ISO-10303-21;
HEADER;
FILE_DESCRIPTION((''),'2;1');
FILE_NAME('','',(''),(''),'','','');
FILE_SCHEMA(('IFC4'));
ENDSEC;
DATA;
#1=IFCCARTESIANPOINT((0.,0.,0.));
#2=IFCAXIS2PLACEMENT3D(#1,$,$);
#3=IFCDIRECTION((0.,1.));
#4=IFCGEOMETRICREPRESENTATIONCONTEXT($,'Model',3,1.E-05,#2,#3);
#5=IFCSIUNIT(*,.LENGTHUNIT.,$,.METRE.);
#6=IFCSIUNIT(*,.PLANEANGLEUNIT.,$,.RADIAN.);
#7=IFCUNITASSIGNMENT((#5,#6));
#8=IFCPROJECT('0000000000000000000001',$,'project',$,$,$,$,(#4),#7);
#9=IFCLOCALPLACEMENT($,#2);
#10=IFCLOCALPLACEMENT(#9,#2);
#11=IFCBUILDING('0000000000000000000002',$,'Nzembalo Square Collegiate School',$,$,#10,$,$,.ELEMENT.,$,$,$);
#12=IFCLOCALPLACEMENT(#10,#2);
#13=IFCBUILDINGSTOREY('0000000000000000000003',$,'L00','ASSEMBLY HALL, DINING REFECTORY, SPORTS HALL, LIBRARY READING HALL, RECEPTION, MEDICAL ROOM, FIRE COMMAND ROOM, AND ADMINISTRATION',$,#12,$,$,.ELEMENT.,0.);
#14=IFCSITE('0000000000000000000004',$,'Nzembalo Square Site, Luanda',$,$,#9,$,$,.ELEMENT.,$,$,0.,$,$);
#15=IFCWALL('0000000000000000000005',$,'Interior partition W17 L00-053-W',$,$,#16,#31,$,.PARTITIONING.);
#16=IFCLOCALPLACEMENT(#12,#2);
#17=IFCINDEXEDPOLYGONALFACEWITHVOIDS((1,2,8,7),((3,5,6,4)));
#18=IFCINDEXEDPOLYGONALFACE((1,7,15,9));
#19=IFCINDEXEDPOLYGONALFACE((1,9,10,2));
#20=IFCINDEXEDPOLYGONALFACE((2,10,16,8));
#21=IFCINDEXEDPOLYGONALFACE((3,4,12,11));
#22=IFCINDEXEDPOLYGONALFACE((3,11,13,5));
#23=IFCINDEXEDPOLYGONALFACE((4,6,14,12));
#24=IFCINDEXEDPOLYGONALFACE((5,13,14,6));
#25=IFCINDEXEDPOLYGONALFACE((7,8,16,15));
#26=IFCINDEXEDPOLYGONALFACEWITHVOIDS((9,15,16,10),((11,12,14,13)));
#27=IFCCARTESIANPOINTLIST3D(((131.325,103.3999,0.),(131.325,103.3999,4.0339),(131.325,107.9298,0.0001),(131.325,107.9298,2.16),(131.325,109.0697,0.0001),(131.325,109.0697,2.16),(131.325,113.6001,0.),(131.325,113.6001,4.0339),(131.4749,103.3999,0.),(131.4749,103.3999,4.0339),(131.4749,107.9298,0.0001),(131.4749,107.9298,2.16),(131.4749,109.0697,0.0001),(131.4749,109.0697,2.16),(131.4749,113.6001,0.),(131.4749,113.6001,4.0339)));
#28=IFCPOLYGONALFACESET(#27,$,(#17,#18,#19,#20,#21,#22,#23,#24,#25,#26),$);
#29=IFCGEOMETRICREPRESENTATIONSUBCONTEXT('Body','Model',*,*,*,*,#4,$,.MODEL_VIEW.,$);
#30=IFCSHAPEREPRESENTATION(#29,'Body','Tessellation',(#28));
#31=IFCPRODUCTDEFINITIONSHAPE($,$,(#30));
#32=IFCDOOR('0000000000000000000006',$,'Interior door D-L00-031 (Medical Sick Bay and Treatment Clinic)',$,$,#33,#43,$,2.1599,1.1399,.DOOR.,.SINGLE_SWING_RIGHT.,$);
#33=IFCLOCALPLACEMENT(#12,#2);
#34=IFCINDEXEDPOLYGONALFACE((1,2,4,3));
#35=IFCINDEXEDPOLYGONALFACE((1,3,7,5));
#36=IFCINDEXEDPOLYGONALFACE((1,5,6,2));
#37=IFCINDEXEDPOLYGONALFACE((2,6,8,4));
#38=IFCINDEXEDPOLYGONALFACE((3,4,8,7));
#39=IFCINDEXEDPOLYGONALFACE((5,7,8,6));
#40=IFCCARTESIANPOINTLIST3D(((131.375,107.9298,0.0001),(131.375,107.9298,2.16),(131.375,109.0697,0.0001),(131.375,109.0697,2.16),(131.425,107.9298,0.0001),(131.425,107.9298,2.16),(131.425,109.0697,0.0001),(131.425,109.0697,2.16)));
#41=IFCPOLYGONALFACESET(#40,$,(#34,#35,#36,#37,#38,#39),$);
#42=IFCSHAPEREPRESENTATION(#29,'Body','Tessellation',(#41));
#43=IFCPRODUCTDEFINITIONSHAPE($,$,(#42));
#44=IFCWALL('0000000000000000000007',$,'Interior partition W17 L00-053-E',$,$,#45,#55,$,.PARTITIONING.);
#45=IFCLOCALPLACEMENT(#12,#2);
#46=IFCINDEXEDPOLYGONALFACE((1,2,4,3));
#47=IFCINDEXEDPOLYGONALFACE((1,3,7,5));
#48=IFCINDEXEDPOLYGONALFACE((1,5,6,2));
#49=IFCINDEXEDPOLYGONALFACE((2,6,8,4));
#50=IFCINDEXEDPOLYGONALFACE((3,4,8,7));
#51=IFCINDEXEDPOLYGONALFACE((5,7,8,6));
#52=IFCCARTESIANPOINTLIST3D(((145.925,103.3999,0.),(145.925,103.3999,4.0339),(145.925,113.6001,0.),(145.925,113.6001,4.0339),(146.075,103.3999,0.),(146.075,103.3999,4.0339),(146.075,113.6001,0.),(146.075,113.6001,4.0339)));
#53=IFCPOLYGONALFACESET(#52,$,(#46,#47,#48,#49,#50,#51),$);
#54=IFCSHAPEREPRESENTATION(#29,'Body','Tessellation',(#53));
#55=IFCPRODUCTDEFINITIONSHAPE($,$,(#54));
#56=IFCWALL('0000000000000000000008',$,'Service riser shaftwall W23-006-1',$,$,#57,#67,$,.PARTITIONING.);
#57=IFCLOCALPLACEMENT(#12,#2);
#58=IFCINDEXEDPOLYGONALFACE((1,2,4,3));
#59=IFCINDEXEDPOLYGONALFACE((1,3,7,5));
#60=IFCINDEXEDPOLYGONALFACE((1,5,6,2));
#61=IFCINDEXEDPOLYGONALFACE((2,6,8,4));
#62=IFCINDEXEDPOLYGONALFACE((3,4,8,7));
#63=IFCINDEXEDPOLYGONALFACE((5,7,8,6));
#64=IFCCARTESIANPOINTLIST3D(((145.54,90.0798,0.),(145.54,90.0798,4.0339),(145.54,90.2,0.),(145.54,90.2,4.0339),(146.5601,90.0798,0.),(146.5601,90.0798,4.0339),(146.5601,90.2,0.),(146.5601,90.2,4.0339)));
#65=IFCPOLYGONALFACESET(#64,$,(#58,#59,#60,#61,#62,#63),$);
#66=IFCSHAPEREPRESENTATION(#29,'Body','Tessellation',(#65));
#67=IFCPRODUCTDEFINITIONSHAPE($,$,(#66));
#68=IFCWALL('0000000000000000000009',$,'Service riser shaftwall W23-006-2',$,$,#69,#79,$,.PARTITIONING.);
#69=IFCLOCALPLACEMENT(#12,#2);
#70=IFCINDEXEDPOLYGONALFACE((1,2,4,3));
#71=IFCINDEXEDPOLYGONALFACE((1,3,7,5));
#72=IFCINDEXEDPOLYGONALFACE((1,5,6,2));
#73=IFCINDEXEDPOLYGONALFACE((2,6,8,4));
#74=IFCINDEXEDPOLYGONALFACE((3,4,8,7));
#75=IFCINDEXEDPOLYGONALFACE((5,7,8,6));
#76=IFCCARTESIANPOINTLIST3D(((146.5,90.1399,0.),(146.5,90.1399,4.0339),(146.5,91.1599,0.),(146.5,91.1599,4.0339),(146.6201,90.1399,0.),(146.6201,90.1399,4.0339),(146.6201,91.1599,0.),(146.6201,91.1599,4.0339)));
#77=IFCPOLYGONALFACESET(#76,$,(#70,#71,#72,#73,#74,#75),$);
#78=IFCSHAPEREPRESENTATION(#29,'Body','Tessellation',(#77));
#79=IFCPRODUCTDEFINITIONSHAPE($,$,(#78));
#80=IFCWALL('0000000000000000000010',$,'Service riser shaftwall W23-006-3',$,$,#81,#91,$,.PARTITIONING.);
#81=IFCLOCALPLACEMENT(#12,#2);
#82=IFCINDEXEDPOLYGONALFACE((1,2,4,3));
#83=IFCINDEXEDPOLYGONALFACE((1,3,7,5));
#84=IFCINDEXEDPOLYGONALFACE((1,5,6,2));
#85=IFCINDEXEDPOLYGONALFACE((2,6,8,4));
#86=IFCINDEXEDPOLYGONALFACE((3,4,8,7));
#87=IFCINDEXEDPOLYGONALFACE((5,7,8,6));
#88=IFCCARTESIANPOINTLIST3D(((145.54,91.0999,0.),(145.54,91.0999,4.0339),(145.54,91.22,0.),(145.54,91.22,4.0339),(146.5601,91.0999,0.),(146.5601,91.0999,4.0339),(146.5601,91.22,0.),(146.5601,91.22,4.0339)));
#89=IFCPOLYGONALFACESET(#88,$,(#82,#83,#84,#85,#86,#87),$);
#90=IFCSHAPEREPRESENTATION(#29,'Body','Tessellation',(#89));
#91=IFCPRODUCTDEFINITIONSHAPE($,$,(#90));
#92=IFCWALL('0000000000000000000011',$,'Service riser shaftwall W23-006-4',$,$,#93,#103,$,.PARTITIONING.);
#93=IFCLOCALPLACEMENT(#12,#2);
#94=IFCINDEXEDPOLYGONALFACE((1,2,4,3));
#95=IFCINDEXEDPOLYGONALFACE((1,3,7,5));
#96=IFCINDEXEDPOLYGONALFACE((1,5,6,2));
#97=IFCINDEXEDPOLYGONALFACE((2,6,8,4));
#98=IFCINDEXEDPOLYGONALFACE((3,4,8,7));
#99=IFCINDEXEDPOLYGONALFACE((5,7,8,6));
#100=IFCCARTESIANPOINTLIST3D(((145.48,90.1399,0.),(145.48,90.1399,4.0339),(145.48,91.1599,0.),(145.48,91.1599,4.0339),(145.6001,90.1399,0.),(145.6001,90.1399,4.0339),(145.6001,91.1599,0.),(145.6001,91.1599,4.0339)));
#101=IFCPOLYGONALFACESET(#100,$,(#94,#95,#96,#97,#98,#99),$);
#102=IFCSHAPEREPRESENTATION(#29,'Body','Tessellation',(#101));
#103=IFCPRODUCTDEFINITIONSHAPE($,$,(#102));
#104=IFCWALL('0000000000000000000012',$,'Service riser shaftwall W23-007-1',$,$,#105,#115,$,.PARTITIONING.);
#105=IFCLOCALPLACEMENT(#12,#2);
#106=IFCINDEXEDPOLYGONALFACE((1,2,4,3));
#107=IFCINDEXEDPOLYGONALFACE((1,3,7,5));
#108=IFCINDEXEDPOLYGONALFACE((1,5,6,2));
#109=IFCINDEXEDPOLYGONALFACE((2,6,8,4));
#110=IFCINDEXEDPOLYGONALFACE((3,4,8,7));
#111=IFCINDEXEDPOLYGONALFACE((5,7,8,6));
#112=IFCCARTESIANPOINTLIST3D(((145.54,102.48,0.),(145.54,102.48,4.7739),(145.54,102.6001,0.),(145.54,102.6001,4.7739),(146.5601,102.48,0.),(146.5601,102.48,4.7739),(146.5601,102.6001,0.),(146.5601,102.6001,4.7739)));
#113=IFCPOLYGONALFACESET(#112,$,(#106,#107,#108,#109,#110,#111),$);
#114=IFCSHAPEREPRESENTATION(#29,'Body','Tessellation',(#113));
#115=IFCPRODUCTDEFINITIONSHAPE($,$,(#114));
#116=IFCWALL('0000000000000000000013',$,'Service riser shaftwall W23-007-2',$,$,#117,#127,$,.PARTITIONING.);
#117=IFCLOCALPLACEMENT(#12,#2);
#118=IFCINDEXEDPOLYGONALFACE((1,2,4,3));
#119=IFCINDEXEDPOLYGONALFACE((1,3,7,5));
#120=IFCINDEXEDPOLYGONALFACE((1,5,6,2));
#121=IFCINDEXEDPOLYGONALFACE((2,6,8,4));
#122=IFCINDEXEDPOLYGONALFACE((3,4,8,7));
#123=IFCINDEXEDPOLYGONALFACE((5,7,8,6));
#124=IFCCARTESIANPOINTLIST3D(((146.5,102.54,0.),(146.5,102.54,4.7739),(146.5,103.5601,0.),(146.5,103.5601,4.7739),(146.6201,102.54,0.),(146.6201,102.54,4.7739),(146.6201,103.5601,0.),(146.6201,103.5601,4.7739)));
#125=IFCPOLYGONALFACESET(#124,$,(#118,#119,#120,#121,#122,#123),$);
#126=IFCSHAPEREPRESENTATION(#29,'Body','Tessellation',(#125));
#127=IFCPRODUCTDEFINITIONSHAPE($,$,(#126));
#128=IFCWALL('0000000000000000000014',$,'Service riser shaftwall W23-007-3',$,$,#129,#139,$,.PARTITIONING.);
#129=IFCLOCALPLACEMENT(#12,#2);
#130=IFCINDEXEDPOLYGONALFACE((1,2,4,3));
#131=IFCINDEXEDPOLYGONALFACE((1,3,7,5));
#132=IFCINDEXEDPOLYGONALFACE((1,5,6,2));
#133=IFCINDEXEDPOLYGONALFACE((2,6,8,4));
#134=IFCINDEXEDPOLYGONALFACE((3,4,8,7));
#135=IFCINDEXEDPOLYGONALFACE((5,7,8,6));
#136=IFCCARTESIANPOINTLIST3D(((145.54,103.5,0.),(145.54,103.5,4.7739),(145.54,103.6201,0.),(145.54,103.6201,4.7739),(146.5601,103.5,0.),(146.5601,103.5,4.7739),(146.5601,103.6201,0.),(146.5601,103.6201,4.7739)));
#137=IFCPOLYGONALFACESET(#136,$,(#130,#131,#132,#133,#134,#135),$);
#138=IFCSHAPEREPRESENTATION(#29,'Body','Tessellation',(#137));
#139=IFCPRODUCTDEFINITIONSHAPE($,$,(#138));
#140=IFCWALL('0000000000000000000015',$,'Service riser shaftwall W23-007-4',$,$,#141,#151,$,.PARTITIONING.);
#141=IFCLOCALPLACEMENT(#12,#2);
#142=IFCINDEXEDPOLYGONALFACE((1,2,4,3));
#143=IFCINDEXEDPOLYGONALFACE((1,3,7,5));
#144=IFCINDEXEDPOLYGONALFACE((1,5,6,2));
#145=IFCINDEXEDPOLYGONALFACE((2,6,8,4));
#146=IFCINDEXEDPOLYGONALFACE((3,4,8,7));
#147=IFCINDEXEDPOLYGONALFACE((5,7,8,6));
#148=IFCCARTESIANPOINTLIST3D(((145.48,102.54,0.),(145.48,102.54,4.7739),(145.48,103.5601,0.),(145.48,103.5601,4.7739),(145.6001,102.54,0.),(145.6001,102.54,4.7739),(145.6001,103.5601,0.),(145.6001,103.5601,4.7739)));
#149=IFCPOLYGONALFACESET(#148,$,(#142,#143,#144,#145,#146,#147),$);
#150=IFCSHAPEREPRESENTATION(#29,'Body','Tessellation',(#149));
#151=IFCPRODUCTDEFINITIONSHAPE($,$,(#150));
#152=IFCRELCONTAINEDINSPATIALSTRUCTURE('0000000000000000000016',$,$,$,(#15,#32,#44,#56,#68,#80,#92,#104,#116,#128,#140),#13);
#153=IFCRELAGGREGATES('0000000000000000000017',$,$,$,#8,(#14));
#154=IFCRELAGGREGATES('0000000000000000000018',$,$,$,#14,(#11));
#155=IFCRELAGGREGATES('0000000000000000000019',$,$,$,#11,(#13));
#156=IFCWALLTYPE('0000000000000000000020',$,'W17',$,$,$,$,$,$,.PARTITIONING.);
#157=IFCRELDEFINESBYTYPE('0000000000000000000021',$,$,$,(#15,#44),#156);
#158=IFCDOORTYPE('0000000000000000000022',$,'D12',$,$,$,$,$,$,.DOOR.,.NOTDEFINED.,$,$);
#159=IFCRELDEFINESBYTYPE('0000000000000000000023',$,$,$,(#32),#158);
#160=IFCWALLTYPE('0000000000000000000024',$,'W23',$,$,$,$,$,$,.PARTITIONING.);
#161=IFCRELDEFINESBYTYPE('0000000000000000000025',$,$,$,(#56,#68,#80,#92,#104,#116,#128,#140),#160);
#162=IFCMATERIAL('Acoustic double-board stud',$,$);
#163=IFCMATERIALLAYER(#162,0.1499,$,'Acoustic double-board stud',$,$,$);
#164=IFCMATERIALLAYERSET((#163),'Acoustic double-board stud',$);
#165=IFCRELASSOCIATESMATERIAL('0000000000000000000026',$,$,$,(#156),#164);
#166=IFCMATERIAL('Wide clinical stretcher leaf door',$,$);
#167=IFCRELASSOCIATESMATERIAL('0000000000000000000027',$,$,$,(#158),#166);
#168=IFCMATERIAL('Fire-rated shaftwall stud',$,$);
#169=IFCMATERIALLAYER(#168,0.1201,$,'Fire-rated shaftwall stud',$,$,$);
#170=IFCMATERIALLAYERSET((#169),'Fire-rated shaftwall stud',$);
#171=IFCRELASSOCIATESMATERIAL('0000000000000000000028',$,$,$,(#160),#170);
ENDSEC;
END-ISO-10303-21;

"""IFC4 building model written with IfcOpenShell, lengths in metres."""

from ifc_helpers import new_model, si_unit, direction, frame, frame_2d, origin, place, context, subcontext, project, spatial, rectangle, extrude, material, layer, layer_set, type_object, element, fill, save


model = new_model("IFC4")

# Units and contexts
model_context = context("Model", 3, precision=1e-05, world=origin(), true_north=direction((0.0, 1.0)))
body_context = subcontext(model_context, "Body", "Model", "MODEL_VIEW")
ifc_project = project(units=[si_unit("LENGTHUNIT", "METRE"), si_unit("PLANEANGLEUNIT", "RADIAN")], contexts=[model_context])

# Site, building, storey
site_placement = place(None, origin())
site = spatial("IfcSite", under=ifc_project, at=site_placement, Name="Nzembalo Square Site, Luanda", CompositionType="ELEMENT", RefElevation=0.0)
building_placement = place(site_placement, origin())
building = spatial("IfcBuilding", under=site, at=building_placement, Name="Nzembalo Square Collegiate School", CompositionType="ELEMENT")
storey_placement = place(building_placement, origin())
storey = spatial("IfcBuildingStorey", under=building, at=storey_placement, Name="L00", Description="ASSEMBLY HALL, DINING REFECTORY, SPORTS HALL, LIBRARY READING HALL, RECEPTION, MEDICAL ROOM, FIRE COMMAND ROOM, AND ADMINISTRATION", CompositionType="ELEMENT", Elevation=0.0)

# Wall, opening, door
ifc_material_1 = material(Name="Acoustic double-board stud")
ifc_layer_1 = layer(ifc_material_1, 0.1499, Name="Acoustic double-board stud")
ifc_layer_set_1 = layer_set([ifc_layer_1], Name="Acoustic double-board stud")
wall_type_1 = type_object("IfcWallType", Name="W17", PredefinedType="PARTITIONING", material=ifc_layer_set_1)
wall_1_placement = place(storey_placement, frame((131.3999, 103.3999, 0.0), z_axis=(0.0, 0.0, 1.0), x_axis=(0.0, 1.0, 0.0)))
wall_1 = element("IfcWall", 1, at=wall_1_placement, inside=storey, type_object=wall_type_1, Name="Interior partition W17 L00-053-W", PredefinedType="PARTITIONING", context=body_context, shape_type="SweptSolid", body=[
    extrude(rectangle(XDim=10.2002, YDim=0.1499, at=frame_2d((5.1001, 0.0))), origin(), (0.0, 0.0, 1.0), 4.0339),
])
opening_placement = place(wall_1_placement, frame((4.53, 0.0, 0.0)))
opening = element("IfcOpeningElement", 2, at=opening_placement, cuts=wall_1, PredefinedType="OPENING", context=body_context, shape_type="SweptSolid", body=[
    extrude(rectangle(XDim=1.1399, YDim=2.1599, at=frame_2d((0.5698, 1.0801))), frame((0.0, 0.085, 0.0), z_axis=(0.0, -1.0, 0.0), x_axis=(1.0, 0.0, 0.0)), (0.0, 0.0, 1.0), 0.1699),
])
ifc_material_2 = material(Name="Wide clinical stretcher leaf door")
door_type = type_object("IfcDoorType", Name="D12", OperationType="NOTDEFINED", PredefinedType="DOOR", material=ifc_material_2)
door_placement = place(opening_placement, origin())
door = element("IfcDoor", 3, at=door_placement, inside=storey, type_object=door_type, Name="Interior door D-L00-031 (Medical Sick Bay and Treatment Clinic)", OperationType="SINGLE_SWING_RIGHT", OverallHeight=2.1599, OverallWidth=1.1399, PredefinedType="DOOR", context=body_context, shape_type="SweptSolid", body=[
    extrude(rectangle(XDim=1.1399, YDim=2.1599, at=frame_2d((0.5698, 1.0801))), frame((0.0, 0.0249, 0.0), z_axis=(0.0, -1.0, 0.0), x_axis=(1.0, 0.0, 0.0)), (0.0, 0.0, 1.0), 0.05),
])
fill(opening, door)

# Walls
wall_2_placement = place(storey_placement, frame((146.0, 103.3999, 0.0), z_axis=(0.0, 0.0, 1.0), x_axis=(0.0, 1.0, 0.0)))
element("IfcWall", 4, at=wall_2_placement, inside=storey, type_object=wall_type_1, Name="Interior partition W17 L00-053-E", PredefinedType="PARTITIONING", context=body_context, shape_type="SweptSolid", body=[
    extrude(rectangle(XDim=10.2002, YDim=0.1499, at=frame_2d((5.1001, 0.0))), origin(), (0.0, 0.0, 1.0), 4.0339),
])
ifc_material_3 = material(Name="Fire-rated shaftwall stud")
ifc_layer_2 = layer(ifc_material_3, 0.1201, Name="Fire-rated shaftwall stud")
ifc_layer_set_2 = layer_set([ifc_layer_2], Name="Fire-rated shaftwall stud")
wall_type_2 = type_object("IfcWallType", Name="W23", PredefinedType="PARTITIONING", material=ifc_layer_set_2)
for number, where, z_axis, x_axis, name in (
    (5, (145.54, 90.1399, 0.0), (0.0, 0.0, 1.0), (1.0, 0.0, 0.0), "Service riser shaftwall W23-006-1"),
    (6, (146.5601, 90.1399, 0.0), (0.0, 0.0, 1.0), (0.0, 1.0, 0.0), "Service riser shaftwall W23-006-2"),
    (7, (146.5601, 91.1599, 0.0), (0.0, 0.0, 1.0), (-1.0, 0.0, 0.0), "Service riser shaftwall W23-006-3"),
    (8, (145.54, 91.1599, 0.0), (0.0, 0.0, 1.0), (0.0, -1.0, 0.0), "Service riser shaftwall W23-006-4"),
):
    element("IfcWall", number, at=place(storey_placement, frame(where, z_axis=z_axis, x_axis=x_axis)), inside=storey, type_object=wall_type_2, Name=name, PredefinedType="PARTITIONING", context=body_context, shape_type="SweptSolid", body=[
        extrude(rectangle(XDim=1.02, YDim=0.1201, at=frame_2d((0.51, 0.0))), origin(), (0.0, 0.0, 1.0), 4.0339),
    ])
for number, where, z_axis, x_axis, name in (
    (9, (145.54, 102.54, 0.0), (0.0, 0.0, 1.0), (1.0, 0.0, 0.0), "Service riser shaftwall W23-007-1"),
    (10, (146.5601, 102.54, 0.0), (0.0, 0.0, 1.0), (0.0, 1.0, 0.0), "Service riser shaftwall W23-007-2"),
    (11, (146.5601, 103.5601, 0.0), (0.0, 0.0, 1.0), (-1.0, 0.0, 0.0), "Service riser shaftwall W23-007-3"),
    (12, (145.54, 103.5601, 0.0), (0.0, 0.0, 1.0), (0.0, -1.0, 0.0), "Service riser shaftwall W23-007-4"),
):
    element("IfcWall", number, at=place(storey_placement, frame(where, z_axis=z_axis, x_axis=x_axis)), inside=storey, type_object=wall_type_2, Name=name, PredefinedType="PARTITIONING", context=body_context, shape_type="SweptSolid", body=[
        extrude(rectangle(XDim=1.02, YDim=0.1201, at=frame_2d((0.51, 0.0))), origin(), (0.0, 0.0, 1.0), 4.7739),
    ])

save(model, "model.ifc")
